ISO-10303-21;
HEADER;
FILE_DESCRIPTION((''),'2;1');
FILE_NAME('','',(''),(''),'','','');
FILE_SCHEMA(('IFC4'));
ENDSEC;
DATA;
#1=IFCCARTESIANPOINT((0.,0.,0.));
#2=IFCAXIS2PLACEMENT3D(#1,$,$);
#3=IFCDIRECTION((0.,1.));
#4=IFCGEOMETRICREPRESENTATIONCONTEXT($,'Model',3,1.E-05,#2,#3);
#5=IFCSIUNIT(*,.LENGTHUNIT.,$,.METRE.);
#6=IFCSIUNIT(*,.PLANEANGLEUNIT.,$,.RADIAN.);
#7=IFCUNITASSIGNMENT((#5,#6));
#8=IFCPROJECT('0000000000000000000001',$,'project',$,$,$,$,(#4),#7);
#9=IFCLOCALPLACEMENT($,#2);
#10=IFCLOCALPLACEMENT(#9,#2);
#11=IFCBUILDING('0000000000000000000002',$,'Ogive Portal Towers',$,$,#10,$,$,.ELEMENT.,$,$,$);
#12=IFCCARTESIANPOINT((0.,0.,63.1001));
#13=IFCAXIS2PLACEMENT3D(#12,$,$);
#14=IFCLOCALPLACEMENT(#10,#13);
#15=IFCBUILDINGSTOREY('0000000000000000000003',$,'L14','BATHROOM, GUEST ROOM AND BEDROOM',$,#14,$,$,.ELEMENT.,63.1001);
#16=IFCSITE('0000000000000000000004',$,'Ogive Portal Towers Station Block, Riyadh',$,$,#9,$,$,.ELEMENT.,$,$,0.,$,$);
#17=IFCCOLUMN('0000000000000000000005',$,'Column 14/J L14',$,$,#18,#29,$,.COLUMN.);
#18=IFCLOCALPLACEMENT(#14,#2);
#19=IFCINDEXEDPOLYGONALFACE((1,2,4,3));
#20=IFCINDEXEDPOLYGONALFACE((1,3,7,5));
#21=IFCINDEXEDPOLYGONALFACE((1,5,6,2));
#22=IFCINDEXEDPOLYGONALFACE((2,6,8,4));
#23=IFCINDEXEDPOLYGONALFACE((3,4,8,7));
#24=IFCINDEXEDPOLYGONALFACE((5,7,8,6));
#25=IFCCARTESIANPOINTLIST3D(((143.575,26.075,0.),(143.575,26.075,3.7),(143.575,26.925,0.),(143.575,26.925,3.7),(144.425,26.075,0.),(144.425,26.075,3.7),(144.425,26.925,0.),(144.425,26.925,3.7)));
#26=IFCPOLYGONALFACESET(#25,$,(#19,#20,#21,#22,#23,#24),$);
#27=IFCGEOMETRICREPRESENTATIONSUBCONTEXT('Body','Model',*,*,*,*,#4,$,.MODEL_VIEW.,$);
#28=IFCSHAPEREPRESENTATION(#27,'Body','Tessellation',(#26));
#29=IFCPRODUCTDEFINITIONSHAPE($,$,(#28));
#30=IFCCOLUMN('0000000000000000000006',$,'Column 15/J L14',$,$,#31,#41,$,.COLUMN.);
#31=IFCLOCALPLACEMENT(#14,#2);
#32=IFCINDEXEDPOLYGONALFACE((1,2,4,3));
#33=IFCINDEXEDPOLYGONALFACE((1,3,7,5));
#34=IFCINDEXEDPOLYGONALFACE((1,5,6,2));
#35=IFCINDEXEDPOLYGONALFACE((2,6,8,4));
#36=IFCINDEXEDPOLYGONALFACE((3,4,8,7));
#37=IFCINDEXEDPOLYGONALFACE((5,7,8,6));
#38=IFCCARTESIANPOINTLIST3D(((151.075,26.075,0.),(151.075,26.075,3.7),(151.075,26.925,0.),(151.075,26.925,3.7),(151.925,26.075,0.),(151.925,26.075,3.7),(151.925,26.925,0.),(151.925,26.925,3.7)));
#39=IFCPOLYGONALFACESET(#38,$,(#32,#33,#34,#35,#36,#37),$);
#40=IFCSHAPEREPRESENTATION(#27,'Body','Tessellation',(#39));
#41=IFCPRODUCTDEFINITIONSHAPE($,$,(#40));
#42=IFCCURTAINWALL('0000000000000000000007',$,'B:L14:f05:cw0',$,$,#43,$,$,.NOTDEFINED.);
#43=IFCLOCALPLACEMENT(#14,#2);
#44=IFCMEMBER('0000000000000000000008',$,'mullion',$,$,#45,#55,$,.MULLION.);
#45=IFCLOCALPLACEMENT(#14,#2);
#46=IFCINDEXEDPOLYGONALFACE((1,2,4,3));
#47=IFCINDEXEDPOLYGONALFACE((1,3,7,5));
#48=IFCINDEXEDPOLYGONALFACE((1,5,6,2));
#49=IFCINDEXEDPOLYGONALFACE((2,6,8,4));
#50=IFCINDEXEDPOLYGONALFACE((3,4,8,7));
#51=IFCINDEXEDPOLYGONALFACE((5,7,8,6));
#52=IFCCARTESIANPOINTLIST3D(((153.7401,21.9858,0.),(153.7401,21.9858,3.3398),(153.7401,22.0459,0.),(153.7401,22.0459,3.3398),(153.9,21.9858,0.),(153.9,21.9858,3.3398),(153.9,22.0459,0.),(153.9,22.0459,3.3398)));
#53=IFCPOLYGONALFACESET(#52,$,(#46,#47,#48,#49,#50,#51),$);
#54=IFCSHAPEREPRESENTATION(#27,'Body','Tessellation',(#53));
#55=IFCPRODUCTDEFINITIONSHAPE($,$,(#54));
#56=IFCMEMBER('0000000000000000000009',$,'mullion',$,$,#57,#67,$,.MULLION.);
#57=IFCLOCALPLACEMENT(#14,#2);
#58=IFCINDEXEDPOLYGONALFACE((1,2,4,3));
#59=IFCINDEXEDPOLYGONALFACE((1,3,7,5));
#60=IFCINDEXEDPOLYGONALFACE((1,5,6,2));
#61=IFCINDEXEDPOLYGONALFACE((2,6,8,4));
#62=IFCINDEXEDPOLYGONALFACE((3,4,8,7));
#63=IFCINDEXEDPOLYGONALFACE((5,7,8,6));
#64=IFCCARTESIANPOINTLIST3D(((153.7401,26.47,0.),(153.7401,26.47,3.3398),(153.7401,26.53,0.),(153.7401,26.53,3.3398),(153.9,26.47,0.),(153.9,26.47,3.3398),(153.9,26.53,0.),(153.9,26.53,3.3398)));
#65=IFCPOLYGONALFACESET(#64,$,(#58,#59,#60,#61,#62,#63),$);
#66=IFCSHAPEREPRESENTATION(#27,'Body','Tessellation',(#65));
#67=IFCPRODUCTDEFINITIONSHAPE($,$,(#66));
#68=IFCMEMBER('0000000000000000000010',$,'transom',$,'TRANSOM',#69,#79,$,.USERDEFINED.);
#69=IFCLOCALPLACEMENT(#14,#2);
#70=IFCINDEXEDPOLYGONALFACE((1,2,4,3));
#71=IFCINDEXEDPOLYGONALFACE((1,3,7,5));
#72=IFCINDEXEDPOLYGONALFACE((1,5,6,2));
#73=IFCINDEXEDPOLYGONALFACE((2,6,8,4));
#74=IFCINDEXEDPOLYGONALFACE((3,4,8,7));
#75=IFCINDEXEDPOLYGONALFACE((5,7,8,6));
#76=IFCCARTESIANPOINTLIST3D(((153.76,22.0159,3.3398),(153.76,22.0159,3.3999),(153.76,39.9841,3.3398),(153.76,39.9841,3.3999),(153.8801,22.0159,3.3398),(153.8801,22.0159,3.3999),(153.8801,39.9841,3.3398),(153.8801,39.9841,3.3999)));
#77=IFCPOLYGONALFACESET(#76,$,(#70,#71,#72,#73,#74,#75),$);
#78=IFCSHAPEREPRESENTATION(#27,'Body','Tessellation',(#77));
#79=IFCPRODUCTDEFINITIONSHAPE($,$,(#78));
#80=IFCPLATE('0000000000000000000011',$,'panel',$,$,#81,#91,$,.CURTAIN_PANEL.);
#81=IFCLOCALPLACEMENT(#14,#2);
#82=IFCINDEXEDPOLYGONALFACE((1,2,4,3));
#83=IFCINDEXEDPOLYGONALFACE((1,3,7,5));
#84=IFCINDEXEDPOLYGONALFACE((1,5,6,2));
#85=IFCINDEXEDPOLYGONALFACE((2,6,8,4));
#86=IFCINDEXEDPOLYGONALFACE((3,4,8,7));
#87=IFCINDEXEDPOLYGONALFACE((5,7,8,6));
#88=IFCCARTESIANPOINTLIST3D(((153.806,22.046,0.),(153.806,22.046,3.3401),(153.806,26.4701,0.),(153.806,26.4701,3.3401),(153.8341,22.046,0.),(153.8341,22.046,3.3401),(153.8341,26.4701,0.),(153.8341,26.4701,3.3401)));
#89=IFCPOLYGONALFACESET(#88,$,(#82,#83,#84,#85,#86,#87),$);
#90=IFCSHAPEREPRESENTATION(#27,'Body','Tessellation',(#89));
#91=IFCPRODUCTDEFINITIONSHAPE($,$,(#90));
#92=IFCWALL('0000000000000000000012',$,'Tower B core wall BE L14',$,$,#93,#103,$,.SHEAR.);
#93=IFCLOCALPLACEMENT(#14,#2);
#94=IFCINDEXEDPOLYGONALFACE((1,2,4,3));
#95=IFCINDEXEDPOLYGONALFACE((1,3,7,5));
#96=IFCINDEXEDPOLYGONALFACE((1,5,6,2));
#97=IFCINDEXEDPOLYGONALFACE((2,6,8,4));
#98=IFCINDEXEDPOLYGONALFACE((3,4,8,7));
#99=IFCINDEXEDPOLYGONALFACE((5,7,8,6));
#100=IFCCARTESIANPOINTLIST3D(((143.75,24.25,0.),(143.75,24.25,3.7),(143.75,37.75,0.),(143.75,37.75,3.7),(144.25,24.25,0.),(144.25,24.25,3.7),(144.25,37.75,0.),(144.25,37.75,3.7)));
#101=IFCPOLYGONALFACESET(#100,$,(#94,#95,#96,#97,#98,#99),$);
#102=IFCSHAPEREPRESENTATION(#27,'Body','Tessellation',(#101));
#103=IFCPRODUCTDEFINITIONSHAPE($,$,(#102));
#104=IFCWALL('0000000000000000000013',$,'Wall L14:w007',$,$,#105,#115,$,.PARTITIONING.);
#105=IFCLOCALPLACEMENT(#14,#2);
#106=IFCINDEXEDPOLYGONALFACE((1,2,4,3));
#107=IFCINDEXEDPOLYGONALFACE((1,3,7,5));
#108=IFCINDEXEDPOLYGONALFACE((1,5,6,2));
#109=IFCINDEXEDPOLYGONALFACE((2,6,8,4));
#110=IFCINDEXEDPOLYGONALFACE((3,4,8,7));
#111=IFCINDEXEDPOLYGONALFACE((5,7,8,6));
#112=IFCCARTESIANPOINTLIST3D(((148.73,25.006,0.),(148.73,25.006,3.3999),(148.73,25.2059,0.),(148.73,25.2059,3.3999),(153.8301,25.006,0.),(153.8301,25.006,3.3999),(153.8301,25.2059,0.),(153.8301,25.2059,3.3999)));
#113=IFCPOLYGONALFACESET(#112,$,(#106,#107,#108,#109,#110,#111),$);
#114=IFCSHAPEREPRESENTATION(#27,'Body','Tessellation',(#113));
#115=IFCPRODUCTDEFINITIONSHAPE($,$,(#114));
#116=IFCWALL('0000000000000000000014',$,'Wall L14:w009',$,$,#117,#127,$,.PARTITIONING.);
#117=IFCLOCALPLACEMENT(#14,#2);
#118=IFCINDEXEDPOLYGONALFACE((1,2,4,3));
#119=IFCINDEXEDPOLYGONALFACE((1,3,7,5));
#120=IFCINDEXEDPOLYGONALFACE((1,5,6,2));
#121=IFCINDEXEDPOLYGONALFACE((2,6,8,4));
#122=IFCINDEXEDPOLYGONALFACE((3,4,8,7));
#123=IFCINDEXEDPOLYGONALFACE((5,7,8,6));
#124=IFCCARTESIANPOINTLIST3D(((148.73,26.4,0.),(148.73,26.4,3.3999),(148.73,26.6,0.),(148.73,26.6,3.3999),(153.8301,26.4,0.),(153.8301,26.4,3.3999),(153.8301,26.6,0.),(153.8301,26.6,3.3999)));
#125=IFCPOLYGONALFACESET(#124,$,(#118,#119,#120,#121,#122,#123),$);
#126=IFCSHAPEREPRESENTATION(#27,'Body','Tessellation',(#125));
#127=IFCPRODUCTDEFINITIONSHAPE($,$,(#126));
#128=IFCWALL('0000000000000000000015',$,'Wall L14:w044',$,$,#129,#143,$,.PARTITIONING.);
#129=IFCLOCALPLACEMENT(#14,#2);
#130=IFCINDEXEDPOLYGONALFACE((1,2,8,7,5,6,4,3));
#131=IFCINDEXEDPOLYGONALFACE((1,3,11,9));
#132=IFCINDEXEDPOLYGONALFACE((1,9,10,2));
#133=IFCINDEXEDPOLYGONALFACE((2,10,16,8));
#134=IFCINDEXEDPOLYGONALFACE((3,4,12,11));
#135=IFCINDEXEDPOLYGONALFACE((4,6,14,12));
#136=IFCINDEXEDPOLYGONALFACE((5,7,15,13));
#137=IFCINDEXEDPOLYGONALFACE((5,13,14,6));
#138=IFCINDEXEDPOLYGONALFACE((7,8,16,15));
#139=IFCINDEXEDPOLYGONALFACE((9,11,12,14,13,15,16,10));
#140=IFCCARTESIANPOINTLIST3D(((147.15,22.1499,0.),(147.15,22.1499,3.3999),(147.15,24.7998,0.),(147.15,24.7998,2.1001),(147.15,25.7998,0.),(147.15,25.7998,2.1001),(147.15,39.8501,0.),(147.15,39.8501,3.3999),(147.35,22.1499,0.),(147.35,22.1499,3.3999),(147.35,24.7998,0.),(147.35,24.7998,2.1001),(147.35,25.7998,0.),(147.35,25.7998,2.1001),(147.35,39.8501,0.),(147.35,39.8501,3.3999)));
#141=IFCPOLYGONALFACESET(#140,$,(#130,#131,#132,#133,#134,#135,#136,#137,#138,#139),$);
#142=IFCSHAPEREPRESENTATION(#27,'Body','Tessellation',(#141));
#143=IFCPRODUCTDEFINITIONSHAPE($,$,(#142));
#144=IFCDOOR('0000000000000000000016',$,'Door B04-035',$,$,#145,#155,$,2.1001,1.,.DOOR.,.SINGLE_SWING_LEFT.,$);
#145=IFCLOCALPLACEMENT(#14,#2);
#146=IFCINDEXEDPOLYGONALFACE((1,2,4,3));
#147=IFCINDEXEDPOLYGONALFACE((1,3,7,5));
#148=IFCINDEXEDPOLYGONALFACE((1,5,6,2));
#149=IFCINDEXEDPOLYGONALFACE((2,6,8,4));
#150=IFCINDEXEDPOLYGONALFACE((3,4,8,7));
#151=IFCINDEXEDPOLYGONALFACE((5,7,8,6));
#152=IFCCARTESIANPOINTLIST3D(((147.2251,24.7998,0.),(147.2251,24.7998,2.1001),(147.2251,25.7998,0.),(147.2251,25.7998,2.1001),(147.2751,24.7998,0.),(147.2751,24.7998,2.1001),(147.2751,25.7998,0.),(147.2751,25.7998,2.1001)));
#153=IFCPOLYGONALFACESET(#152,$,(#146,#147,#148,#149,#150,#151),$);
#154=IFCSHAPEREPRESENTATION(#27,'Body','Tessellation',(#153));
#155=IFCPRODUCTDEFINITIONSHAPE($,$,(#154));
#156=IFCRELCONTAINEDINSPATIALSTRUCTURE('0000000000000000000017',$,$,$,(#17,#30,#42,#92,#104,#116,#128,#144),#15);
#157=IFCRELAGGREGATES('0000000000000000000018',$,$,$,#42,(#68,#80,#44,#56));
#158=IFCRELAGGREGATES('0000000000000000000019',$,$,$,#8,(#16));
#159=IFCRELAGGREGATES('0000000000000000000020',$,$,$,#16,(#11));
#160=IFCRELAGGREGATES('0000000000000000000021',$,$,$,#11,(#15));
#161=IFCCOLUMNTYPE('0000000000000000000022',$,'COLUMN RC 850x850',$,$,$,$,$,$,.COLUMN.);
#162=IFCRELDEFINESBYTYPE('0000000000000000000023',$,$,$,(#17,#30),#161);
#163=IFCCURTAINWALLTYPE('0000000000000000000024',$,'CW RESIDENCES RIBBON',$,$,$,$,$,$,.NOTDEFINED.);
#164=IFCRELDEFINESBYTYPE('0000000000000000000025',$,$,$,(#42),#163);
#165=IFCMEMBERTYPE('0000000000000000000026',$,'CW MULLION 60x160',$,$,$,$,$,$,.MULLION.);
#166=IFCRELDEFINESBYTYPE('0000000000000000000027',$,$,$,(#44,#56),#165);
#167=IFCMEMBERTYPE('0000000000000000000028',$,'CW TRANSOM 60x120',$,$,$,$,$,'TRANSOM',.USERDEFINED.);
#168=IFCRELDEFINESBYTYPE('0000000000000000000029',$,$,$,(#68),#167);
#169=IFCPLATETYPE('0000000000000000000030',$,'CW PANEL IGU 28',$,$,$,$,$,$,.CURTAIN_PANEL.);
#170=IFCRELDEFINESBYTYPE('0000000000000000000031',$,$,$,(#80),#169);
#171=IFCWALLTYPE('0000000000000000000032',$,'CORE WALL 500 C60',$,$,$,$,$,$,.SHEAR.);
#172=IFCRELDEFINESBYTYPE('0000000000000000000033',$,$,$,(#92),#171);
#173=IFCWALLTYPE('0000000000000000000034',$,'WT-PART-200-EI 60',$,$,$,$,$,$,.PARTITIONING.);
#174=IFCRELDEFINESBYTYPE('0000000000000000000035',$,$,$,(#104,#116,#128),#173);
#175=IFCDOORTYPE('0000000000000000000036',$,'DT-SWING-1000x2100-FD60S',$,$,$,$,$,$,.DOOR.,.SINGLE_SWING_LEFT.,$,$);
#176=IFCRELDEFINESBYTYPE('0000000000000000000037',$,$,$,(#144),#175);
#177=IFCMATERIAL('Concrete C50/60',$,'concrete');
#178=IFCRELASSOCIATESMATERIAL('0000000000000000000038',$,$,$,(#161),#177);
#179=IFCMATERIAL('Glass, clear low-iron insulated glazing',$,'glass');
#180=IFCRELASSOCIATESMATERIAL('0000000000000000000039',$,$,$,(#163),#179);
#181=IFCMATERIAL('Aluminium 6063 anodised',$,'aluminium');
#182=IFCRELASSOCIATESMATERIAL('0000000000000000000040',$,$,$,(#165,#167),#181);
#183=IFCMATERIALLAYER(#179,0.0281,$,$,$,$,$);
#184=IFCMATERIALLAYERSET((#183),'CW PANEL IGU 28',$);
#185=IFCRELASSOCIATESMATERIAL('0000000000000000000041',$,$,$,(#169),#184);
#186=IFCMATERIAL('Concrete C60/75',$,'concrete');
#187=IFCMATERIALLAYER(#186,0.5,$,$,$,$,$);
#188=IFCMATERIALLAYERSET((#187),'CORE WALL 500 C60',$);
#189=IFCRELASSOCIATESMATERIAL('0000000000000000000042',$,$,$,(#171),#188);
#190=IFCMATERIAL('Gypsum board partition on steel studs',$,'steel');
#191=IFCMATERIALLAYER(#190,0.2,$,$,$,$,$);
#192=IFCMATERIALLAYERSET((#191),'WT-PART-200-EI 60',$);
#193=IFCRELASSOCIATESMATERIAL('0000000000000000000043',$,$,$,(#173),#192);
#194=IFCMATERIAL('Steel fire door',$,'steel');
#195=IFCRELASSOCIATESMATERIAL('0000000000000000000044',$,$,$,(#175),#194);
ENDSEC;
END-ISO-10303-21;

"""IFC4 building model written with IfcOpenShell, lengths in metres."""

from ifc_helpers import new_model, si_unit, direction, frame, frame_2d, origin, origin_2d, place, context, subcontext, project, spatial, rectangle, extrude, material, layer, layer_set, material_profile, profile_set, type_object, element, fill, aggregate, save


model = new_model("IFC4")

# Units and contexts
model_context = context("Model", 3, precision=1e-05, world=origin(), true_north=direction((0.0, 1.0)))
body_context = subcontext(model_context, "Body", "Model", "MODEL_VIEW")
ifc_project = project(units=[si_unit("LENGTHUNIT", "METRE"), si_unit("PLANEANGLEUNIT", "RADIAN")], contexts=[model_context])

# Site, building, storey
site_placement = place(None, origin())
site = spatial("IfcSite", under=ifc_project, at=site_placement, Name="Ogive Portal Towers Station Block, Riyadh", CompositionType="ELEMENT", RefElevation=0.0)
building_placement = place(site_placement, origin())
building = spatial("IfcBuilding", under=site, at=building_placement, Name="Ogive Portal Towers", CompositionType="ELEMENT")
storey_placement = place(building_placement, frame((0.0, 0.0, 63.1001)))
storey = spatial("IfcBuildingStorey", under=building, at=storey_placement, Name="L14", Description="BATHROOM, GUEST ROOM AND BEDROOM", CompositionType="ELEMENT", Elevation=63.1001)

# Columns
ifc_material_1 = material(Name="Concrete C50/60", Category="concrete")
ifc_material_profile_1 = material_profile(ifc_material_1, rectangle(XDim=0.8501, YDim=0.8501, at=origin_2d()), Name="RC 850x850")
ifc_profile_set_1 = profile_set([ifc_material_profile_1], Name="Concrete C50/60")
column_type = type_object("IfcColumnType", Name="COLUMN RC 850x850", PredefinedType="COLUMN", material=ifc_profile_set_1)
for number, where, z_axis, x_axis, name in (
    (1, (144.0, 26.5, 0.0), (0.0, 0.0, 1.0), (1.0, 0.0, 0.0), "Column 14/J L14"),
    (2, (151.5, 26.5, 0.0), (0.0, 0.0, 1.0), (1.0, 0.0, 0.0), "Column 15/J L14"),
):
    element("IfcColumn", number, at=place(storey_placement, frame(where, z_axis=z_axis, x_axis=x_axis)), inside=storey, type_object=column_type, Name=name, PredefinedType="COLUMN", context=body_context, shape_type="SweptSolid", body=[
        extrude(rectangle(XDim=0.8501, YDim=0.8501, at=origin_2d()), origin(), (0.0, 0.0, 1.0), 3.7),
    ])

# Curtain wall, members, plate
ifc_material_2 = material(Name="Glass, clear low-iron insulated glazing", Category="glass")
curtain_wall_type = type_object("IfcCurtainWallType", Name="CW RESIDENCES RIBBON", PredefinedType="NOTDEFINED", material=ifc_material_2)
curtain_wall_placement = place(storey_placement, origin())
curtain_wall = element("IfcCurtainWall", 3, at=curtain_wall_placement, inside=storey, type_object=curtain_wall_type, Name="B:L14:f05:cw0", PredefinedType="NOTDEFINED")
ifc_material_3 = material(Name="Aluminium 6063 anodised", Category="aluminium")
ifc_material_profile_2 = material_profile(ifc_material_3, rectangle(XDim=0.1599, YDim=0.0601, at=origin_2d()), Name="AL 60x160")
ifc_profile_set_2 = profile_set([ifc_material_profile_2], Name="Aluminium 6063 anodised")
member_type_1 = type_object("IfcMemberType", Name="CW MULLION 60x160", PredefinedType="MULLION", material=ifc_profile_set_2)
member_1_placement = place(storey_placement, frame((153.8201, 22.0159, 0.0), z_axis=(0.0, 0.0, 1.0), x_axis=(-1.0, 0.0, 0.0)))
member_1 = element("IfcMember", 4, at=member_1_placement, type_object=member_type_1, Name="mullion", PredefinedType="MULLION", context=body_context, shape_type="SweptSolid", body=[
    extrude(rectangle(XDim=0.1599, YDim=0.0601, at=origin_2d()), origin(), (0.0, 0.0, 1.0), 3.3398),
])
member_2_placement = place(storey_placement, frame((153.8201, 26.5, 0.0), z_axis=(0.0, 0.0, 1.0), x_axis=(-1.0, 0.0, 0.0)))
member_2 = element("IfcMember", 5, at=member_2_placement, type_object=member_type_1, Name="mullion", PredefinedType="MULLION", context=body_context, shape_type="SweptSolid", body=[
    extrude(rectangle(XDim=0.1599, YDim=0.0601, at=origin_2d()), origin(), (0.0, 0.0, 1.0), 3.3398),
])
ifc_material_profile_3 = material_profile(ifc_material_3, rectangle(XDim=0.1201, YDim=0.0601, at=origin_2d()), Name="AL 120x60")
ifc_profile_set_3 = profile_set([ifc_material_profile_3], Name="Aluminium 6063 anodised")
member_type_2 = type_object("IfcMemberType", Name="CW TRANSOM 60x120", ElementType="TRANSOM", PredefinedType="USERDEFINED", material=ifc_profile_set_3)
member_3_placement = place(storey_placement, frame((153.8201, 22.0159, 3.3699), z_axis=(0.0, 1.0, 0.0), x_axis=(-1.0, 0.0, 0.0)))
member_3 = element("IfcMember", 6, at=member_3_placement, type_object=member_type_2, Name="transom", ObjectType="TRANSOM", PredefinedType="USERDEFINED", context=body_context, shape_type="SweptSolid", body=[
    extrude(rectangle(XDim=0.1201, YDim=0.0601, at=origin_2d()), origin(), (0.0, 0.0, 1.0), 17.9683),
])
ifc_layer_1 = layer(ifc_material_2, 0.0281)
ifc_layer_set_1 = layer_set([ifc_layer_1], Name="CW PANEL IGU 28")
plate_type = type_object("IfcPlateType", Name="CW PANEL IGU 28", PredefinedType="CURTAIN_PANEL", material=ifc_layer_set_1)
plate_placement = place(storey_placement, frame((153.8201, 24.2581, 0.0), z_axis=(0.0, 0.0, 1.0), x_axis=(0.0, 1.0, 0.0)))
plate = element("IfcPlate", 7, at=plate_placement, type_object=plate_type, Name="panel", PredefinedType="CURTAIN_PANEL", context=body_context, shape_type="SweptSolid", body=[
    extrude(rectangle(XDim=4.4241, YDim=0.0281, at=origin_2d()), origin(), (0.0, 0.0, 1.0), 3.3401),
])
aggregate(curtain_wall, [member_3, plate, member_1, member_2])

# Walls
ifc_material_4 = material(Name="Concrete C60/75", Category="concrete")
ifc_layer_2 = layer(ifc_material_4, 0.5)
ifc_layer_set_2 = layer_set([ifc_layer_2], Name="CORE WALL 500 C60")
wall_type_1 = type_object("IfcWallType", Name="CORE WALL 500 C60", PredefinedType="SHEAR", material=ifc_layer_set_2)
wall_1_placement = place(storey_placement, frame((144.0, 24.25, 0.0), z_axis=(0.0, 0.0, 1.0), x_axis=(0.0, 1.0, 0.0)))
element("IfcWall", 8, at=wall_1_placement, inside=storey, type_object=wall_type_1, Name="Tower B core wall BE L14", PredefinedType="SHEAR", context=body_context, shape_type="SweptSolid", body=[
    extrude(rectangle(XDim=13.5, YDim=0.5, at=frame_2d((6.75, 0.0))), origin(), (0.0, 0.0, 1.0), 3.7),
])
ifc_material_5 = material(Name="Gypsum board partition on steel studs", Category="steel")
ifc_layer_3 = layer(ifc_material_5, 0.2)
ifc_layer_set_3 = layer_set([ifc_layer_3], Name="WT-PART-200-EI 60")
wall_type_2 = type_object("IfcWallType", Name="WT-PART-200-EI 60", PredefinedType="PARTITIONING", material=ifc_layer_set_3)
for number, where, z_axis, x_axis, name in (
    (9, (148.73, 25.106, 0.0), (0.0, 0.0, 1.0), (1.0, 0.0, 0.0), "Wall L14:w007"),
    (10, (148.73, 26.5, 0.0), (0.0, 0.0, 1.0), (1.0, 0.0, 0.0), "Wall L14:w009"),
):
    element("IfcWall", number, at=place(storey_placement, frame(where, z_axis=z_axis, x_axis=x_axis)), inside=storey, type_object=wall_type_2, Name=name, PredefinedType="PARTITIONING", context=body_context, shape_type="SweptSolid", body=[
        extrude(rectangle(XDim=5.1001, YDim=0.2, at=frame_2d((2.55, 0.0))), origin(), (0.0, 0.0, 1.0), 3.3999),
    ])

# Wall, opening, door
wall_2_placement = place(storey_placement, frame((147.25, 22.1499, 0.0), z_axis=(0.0, 0.0, 1.0), x_axis=(0.0, 1.0, 0.0)))
wall_2 = element("IfcWall", 11, at=wall_2_placement, inside=storey, type_object=wall_type_2, Name="Wall L14:w044", PredefinedType="PARTITIONING", context=body_context, shape_type="SweptSolid", body=[
    extrude(rectangle(XDim=17.7002, YDim=0.2, at=frame_2d((8.8501, 0.0))), origin(), (0.0, 0.0, 1.0), 3.3999),
])
opening_1_placement = place(wall_2_placement, frame((2.6499, 0.0, 0.0)))
opening_1 = element("IfcOpeningElement", 12, at=opening_1_placement, cuts=wall_2, PredefinedType="OPENING", context=body_context, shape_type="SweptSolid", body=[
    extrude(rectangle(XDim=1.0, YDim=2.1001, at=frame_2d((0.5, 1.05))), frame((0.0, 0.1099, 0.0), z_axis=(0.0, -1.0, 0.0), x_axis=(1.0, 0.0, 0.0)), (0.0, 0.0, 1.0), 0.22),
])
ifc_material_6 = material(Name="Steel fire door", Category="steel")
door_type_1 = type_object("IfcDoorType", Name="DT-SWING-1000x2100-FD60S", OperationType="SINGLE_SWING_LEFT", PredefinedType="DOOR", material=ifc_material_6)
door_1_placement = place(opening_1_placement, origin())
door_1 = element("IfcDoor", 13, at=door_1_placement, inside=storey, type_object=door_type_1, Name="Door B04-035", OperationType="SINGLE_SWING_LEFT", OverallHeight=2.1001, OverallWidth=1.0, PredefinedType="DOOR", context=body_context, shape_type="SweptSolid", body=[
    extrude(rectangle(XDim=1.0, YDim=2.1001, at=frame_2d((0.5, 1.05))), frame((0.0, 0.0249, 0.0), z_axis=(0.0, -1.0, 0.0), x_axis=(1.0, 0.0, 0.0)), (0.0, 0.0, 1.0), 0.05),
])
fill(opening_1, door_1)

save(model, "model.ifc")
